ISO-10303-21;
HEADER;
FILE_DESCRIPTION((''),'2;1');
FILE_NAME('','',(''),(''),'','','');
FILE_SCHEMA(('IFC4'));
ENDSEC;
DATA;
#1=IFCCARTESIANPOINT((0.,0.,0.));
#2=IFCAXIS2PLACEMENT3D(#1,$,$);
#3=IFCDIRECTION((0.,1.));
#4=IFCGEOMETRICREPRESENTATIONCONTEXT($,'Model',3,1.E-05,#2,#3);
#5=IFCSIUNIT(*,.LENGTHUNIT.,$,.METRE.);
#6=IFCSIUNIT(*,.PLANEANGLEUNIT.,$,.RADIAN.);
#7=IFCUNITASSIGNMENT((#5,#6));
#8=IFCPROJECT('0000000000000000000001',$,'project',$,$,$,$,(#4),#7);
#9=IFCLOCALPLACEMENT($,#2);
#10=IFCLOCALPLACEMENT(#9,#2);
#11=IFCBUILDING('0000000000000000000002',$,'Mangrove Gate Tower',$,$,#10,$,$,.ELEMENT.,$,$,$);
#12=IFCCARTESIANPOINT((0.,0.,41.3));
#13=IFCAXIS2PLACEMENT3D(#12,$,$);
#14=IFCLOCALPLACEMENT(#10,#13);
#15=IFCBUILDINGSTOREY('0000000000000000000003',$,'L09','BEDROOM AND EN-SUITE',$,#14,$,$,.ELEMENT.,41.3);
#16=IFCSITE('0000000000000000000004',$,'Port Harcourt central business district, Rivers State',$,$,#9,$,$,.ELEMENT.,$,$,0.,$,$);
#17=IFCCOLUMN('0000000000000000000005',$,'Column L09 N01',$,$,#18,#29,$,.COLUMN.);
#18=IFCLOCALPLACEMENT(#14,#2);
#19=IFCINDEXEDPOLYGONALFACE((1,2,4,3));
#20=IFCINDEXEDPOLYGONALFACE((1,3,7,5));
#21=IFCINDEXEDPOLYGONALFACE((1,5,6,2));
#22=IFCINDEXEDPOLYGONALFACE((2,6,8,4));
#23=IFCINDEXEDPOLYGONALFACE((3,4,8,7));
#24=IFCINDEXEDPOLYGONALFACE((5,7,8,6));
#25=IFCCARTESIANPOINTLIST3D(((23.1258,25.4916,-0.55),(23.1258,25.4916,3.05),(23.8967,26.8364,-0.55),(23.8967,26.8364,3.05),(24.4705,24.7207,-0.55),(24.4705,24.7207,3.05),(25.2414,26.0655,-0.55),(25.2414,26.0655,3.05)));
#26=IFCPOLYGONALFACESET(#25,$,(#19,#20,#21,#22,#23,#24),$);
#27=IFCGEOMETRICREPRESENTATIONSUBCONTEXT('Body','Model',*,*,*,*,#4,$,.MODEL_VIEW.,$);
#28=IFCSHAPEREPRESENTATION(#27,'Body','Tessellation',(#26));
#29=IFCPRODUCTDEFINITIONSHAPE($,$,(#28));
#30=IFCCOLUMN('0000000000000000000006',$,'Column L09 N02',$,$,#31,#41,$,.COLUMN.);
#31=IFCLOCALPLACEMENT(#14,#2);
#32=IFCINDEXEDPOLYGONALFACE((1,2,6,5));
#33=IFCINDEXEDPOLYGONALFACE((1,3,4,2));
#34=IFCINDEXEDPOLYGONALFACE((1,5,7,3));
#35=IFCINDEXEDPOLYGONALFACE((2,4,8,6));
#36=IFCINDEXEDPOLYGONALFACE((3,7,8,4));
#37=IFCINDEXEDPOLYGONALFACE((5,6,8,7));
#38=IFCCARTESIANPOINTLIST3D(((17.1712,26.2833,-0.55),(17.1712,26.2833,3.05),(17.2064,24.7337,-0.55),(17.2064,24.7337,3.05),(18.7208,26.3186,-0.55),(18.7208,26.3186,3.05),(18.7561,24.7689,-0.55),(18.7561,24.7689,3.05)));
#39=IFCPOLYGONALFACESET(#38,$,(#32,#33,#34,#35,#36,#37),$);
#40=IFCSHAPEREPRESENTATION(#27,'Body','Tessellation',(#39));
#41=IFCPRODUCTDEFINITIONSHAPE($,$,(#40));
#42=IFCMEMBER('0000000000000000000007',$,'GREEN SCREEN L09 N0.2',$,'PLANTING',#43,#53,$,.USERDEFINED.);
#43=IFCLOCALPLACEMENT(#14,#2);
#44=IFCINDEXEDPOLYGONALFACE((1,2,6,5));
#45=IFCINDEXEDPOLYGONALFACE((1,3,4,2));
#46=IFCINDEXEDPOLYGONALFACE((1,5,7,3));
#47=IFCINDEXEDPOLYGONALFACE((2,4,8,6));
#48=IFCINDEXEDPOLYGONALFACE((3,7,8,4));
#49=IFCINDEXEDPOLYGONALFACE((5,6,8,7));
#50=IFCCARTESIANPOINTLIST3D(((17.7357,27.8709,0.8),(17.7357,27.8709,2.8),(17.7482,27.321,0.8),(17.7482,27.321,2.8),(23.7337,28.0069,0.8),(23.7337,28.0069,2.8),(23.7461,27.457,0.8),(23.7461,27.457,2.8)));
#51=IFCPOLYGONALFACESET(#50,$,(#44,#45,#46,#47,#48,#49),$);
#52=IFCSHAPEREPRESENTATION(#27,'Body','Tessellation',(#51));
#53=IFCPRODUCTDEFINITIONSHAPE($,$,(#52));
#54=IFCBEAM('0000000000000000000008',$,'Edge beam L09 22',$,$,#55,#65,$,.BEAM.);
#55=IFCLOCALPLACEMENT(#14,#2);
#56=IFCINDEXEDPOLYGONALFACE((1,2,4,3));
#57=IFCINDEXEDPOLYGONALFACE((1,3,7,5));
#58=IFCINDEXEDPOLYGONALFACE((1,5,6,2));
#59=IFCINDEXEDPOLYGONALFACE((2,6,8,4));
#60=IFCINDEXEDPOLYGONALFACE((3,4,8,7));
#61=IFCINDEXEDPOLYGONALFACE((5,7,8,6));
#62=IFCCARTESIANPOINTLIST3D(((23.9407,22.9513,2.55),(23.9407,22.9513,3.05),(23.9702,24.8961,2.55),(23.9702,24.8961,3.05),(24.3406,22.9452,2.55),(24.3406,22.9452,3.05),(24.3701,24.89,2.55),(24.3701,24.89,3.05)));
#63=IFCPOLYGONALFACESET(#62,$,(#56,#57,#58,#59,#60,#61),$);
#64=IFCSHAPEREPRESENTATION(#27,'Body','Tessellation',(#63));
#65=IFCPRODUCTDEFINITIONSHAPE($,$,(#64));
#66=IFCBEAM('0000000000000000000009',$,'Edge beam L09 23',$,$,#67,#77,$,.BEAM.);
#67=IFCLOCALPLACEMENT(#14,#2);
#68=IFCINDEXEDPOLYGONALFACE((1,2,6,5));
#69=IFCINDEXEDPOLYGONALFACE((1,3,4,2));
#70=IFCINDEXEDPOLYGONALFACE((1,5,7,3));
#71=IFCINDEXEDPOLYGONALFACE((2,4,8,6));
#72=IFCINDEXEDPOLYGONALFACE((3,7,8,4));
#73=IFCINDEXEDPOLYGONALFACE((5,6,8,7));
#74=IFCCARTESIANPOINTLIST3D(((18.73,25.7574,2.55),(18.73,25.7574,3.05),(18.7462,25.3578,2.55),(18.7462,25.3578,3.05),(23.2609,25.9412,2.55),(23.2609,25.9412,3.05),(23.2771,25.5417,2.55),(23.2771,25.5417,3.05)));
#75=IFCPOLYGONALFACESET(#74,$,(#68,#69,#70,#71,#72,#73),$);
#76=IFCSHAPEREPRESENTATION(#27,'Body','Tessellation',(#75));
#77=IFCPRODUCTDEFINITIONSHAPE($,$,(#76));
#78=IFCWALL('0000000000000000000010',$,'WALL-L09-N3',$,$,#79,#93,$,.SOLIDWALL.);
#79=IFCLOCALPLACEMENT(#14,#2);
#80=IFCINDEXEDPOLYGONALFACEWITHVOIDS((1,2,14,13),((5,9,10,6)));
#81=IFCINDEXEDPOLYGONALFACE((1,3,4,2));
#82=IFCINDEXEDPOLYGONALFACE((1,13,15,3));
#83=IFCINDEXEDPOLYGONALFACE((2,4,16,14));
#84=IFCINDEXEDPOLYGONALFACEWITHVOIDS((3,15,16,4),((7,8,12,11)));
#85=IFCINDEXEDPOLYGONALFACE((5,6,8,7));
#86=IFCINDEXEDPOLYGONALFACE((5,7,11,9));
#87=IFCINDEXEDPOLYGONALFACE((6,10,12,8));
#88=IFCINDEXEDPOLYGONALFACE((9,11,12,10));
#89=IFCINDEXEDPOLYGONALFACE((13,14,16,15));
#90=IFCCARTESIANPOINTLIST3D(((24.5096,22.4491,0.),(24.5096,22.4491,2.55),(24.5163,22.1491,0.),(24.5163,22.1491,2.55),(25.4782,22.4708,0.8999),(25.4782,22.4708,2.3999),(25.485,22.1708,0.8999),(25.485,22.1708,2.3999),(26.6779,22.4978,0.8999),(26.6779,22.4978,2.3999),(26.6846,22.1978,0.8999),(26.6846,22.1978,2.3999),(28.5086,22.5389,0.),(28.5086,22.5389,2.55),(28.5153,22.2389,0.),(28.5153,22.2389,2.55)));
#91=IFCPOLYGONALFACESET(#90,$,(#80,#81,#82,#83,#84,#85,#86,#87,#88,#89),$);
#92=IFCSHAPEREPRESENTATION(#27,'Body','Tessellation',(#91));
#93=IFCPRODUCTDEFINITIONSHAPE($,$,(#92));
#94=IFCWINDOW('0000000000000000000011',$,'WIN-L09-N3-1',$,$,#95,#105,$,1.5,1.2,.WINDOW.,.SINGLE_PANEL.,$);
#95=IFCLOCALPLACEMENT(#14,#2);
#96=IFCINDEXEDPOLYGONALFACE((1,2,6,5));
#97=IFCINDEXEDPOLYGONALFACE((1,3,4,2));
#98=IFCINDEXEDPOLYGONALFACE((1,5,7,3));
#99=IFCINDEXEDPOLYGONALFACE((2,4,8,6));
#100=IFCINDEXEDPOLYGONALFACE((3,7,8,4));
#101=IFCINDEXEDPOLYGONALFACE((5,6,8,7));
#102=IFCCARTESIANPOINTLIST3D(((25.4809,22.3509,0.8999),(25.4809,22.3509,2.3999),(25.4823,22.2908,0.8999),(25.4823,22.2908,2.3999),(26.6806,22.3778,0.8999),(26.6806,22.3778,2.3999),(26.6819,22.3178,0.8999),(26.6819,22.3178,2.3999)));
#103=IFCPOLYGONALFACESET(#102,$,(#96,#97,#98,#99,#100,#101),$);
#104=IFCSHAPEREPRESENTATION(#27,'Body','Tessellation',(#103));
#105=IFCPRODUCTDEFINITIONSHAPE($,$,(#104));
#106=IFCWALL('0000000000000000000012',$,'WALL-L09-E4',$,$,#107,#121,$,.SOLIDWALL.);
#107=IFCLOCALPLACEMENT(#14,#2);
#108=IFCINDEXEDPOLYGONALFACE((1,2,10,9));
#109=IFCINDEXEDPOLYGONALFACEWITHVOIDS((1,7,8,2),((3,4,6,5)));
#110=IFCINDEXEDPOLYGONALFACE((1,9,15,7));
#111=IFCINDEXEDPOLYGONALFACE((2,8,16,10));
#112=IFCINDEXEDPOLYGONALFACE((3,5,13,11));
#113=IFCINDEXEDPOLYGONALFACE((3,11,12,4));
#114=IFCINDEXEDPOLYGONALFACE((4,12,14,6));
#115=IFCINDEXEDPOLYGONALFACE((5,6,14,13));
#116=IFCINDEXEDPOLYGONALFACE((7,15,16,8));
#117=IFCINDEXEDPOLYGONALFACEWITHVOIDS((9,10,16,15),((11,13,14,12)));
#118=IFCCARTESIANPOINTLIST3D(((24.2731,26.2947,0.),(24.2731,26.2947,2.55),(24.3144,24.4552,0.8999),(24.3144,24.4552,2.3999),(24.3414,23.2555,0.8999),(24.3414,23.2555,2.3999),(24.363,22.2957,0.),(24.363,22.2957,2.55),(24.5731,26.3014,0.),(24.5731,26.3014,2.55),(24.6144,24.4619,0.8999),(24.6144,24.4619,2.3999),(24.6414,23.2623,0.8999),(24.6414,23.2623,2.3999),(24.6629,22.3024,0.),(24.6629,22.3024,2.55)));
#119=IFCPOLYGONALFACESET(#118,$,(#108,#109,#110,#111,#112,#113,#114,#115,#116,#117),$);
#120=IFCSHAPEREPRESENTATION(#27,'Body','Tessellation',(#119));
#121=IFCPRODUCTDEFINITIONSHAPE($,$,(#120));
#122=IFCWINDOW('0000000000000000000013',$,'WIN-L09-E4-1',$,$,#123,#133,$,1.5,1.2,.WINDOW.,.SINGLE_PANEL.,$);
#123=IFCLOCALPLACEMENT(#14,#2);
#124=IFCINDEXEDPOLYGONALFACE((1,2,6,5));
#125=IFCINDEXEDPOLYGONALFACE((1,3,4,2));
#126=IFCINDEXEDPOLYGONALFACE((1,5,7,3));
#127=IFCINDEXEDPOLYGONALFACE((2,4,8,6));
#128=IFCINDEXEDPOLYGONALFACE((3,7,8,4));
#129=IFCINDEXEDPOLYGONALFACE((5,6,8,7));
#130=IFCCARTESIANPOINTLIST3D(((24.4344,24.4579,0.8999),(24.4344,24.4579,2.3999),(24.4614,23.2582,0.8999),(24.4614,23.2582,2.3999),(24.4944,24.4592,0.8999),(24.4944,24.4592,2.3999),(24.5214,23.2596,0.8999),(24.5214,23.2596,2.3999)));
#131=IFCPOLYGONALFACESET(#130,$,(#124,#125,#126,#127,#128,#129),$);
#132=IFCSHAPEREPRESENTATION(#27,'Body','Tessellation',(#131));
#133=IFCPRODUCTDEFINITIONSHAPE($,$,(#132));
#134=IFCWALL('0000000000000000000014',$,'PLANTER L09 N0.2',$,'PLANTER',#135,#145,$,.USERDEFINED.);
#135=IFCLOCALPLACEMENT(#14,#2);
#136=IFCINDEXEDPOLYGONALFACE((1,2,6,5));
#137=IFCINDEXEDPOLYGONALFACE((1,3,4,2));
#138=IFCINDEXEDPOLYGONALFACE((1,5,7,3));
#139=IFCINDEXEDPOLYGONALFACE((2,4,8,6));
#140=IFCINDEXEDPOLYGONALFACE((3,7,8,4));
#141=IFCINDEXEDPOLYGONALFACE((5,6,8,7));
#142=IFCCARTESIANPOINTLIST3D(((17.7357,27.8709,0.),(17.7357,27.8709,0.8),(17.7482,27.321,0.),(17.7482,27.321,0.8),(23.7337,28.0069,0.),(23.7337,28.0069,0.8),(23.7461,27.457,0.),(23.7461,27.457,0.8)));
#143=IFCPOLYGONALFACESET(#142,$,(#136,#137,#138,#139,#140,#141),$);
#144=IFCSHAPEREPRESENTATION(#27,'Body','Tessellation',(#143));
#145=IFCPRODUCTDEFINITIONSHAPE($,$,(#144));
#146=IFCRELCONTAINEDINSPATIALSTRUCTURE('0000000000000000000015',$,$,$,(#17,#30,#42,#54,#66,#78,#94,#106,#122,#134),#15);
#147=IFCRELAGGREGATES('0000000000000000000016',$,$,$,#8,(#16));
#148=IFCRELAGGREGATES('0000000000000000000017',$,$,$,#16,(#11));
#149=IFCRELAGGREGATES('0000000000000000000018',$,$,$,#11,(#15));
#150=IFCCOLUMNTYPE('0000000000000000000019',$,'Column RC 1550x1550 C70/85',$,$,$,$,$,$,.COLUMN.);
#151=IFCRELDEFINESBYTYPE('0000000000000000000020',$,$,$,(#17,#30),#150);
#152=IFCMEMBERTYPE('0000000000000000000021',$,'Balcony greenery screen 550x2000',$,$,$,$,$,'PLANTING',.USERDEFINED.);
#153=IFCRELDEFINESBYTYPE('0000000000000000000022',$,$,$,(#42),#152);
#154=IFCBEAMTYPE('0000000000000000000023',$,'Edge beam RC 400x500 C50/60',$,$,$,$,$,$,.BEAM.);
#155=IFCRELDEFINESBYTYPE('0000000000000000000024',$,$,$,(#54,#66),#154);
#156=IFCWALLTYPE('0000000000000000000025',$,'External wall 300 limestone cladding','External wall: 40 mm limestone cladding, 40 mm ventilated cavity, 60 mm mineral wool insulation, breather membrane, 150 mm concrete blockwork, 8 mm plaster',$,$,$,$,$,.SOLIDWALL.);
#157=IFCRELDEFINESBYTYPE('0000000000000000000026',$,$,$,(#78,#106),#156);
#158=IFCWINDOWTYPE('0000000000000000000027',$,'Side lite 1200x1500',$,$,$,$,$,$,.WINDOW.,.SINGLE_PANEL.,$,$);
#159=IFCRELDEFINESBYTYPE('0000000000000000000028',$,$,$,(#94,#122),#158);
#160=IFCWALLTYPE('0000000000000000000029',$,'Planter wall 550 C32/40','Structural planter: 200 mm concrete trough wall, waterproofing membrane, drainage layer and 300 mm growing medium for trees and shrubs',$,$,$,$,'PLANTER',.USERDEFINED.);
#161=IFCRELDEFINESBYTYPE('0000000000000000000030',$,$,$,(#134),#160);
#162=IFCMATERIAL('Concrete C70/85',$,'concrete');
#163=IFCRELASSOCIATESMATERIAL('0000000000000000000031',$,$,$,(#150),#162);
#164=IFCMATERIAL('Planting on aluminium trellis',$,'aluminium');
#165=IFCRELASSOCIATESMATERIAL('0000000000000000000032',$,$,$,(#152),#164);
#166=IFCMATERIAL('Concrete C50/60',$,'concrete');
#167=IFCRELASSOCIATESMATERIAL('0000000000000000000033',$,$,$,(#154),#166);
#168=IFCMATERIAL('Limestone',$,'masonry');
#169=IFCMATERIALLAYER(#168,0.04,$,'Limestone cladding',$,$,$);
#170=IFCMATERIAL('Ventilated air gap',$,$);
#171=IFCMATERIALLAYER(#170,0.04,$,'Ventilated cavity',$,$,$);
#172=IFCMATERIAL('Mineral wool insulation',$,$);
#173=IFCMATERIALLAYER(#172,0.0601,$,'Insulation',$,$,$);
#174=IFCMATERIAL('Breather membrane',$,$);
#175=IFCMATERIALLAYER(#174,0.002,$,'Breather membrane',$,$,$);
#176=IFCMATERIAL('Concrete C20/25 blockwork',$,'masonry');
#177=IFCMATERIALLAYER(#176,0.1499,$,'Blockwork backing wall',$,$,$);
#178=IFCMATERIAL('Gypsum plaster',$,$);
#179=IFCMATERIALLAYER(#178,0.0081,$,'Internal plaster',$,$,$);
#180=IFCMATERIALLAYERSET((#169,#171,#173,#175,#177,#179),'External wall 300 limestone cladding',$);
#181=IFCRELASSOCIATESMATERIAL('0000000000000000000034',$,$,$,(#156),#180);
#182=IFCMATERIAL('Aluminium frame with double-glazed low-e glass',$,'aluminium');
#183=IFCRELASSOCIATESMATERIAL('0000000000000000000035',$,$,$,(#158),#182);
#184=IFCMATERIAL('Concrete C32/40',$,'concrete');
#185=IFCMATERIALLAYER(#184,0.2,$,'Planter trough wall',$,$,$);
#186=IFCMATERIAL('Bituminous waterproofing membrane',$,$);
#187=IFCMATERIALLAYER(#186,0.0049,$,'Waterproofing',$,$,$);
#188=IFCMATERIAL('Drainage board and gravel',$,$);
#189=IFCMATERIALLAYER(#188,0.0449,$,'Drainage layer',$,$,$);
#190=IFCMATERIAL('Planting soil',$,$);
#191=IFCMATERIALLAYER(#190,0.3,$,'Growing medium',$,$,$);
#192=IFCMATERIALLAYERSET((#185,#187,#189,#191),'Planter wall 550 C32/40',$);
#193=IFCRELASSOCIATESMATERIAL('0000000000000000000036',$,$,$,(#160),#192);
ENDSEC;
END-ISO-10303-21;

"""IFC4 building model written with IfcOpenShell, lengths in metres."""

from ifc_helpers import new_model, si_unit, direction, frame, frame_2d, origin, origin_2d, place, context, subcontext, project, spatial, rectangle, extrude, material, layer, layer_set, material_profile, profile_set, type_object, element, fill, save


model = new_model("IFC4")

# Units and contexts
model_context = context("Model", 3, precision=1e-05, world=origin(), true_north=direction((0.0, 1.0)))
body_context = subcontext(model_context, "Body", "Model", "MODEL_VIEW")
ifc_project = project(units=[si_unit("LENGTHUNIT", "METRE"), si_unit("PLANEANGLEUNIT", "RADIAN")], contexts=[model_context])

# Site, building, storey
site_placement = place(None, origin())
site = spatial("IfcSite", under=ifc_project, at=site_placement, Name="Port Harcourt central business district, Rivers State", CompositionType="ELEMENT", RefElevation=0.0)
building_placement = place(site_placement, origin())
building = spatial("IfcBuilding", under=site, at=building_placement, Name="Mangrove Gate Tower", CompositionType="ELEMENT")
storey_placement = place(building_placement, frame((0.0, 0.0, 41.3)))
storey = spatial("IfcBuildingStorey", under=building, at=storey_placement, Name="L09", Description="BEDROOM AND EN-SUITE", CompositionType="ELEMENT", Elevation=41.3)

# Columns
ifc_material_1 = material(Name="Concrete C70/85", Category="concrete")
ifc_material_profile_1 = material_profile(ifc_material_1, rectangle(XDim=1.55, YDim=1.55, at=origin_2d()))
ifc_profile_set_1 = profile_set([ifc_material_profile_1], Name="Concrete C70/85")
column_type = type_object("IfcColumnType", Name="Column RC 1550x1550 C70/85", PredefinedType="COLUMN", material=ifc_profile_set_1)
for number, where, z_axis, x_axis, name in (
    (1, (24.1836, 25.7786, -0.55), (0.0, 0.0, 1.0), (-0.867551, 0.497349, 0.0), "Column L09 N01"),
    (2, (17.9636, 25.5261, -0.55), (0.0, 0.0, 1.0), (-0.999742, -0.022718, 0.0), "Column L09 N02"),
):
    element("IfcColumn", number, at=place(storey_placement, frame(where, z_axis=z_axis, x_axis=x_axis)), inside=storey, type_object=column_type, Name=name, PredefinedType="COLUMN", context=body_context, shape_type="SweptSolid", body=[
        extrude(rectangle(XDim=1.55, YDim=1.55, at=origin_2d()), origin(), (0.0, 0.0, 1.0), 3.6001),
    ])

# Member
ifc_material_2 = material(Name="Planting on aluminium trellis", Category="aluminium")
ifc_material_profile_2 = material_profile(ifc_material_2, rectangle(XDim=0.55, YDim=2.0, at=origin_2d()))
ifc_profile_set_2 = profile_set([ifc_material_profile_2], Name="Planting on aluminium trellis")
member_type = type_object("IfcMemberType", Name="Balcony greenery screen 550x2000", ElementType="PLANTING", PredefinedType="USERDEFINED", material=ifc_profile_set_2)
member_placement = place(storey_placement, frame((17.7419, 27.5959, 1.8), z_axis=(0.999743, 0.022666, 0.0), x_axis=(-0.022666, 0.999743, 0.0)))
element("IfcMember", 3, at=member_placement, inside=storey, type_object=member_type, Name="GREEN SCREEN L09 N0.2", ObjectType="PLANTING", PredefinedType="USERDEFINED", context=body_context, shape_type="SweptSolid", body=[
    extrude(rectangle(XDim=0.55, YDim=2.0, at=origin_2d()), origin(), (0.0, 0.0, 1.0), 5.9995),
])

# Beams
ifc_material_3 = material(Name="Concrete C50/60", Category="concrete")
ifc_material_profile_3 = material_profile(ifc_material_3, rectangle(XDim=0.3999, YDim=0.5, at=origin_2d()))
ifc_profile_set_3 = profile_set([ifc_material_profile_3], Name="Concrete C50/60")
beam_type = type_object("IfcBeamType", Name="Edge beam RC 400x500 C50/60", PredefinedType="BEAM", material=ifc_profile_set_3)
beam_1_placement = place(storey_placement, frame((24.1406, 22.9482, 2.8), z_axis=(0.015188, 0.999885, 0.0), x_axis=(-0.999885, 0.015188, 0.0)))
element("IfcBeam", 4, at=beam_1_placement, inside=storey, type_object=beam_type, Name="Edge beam L09 22", PredefinedType="BEAM", context=body_context, shape_type="SweptSolid", body=[
    extrude(rectangle(XDim=0.3999, YDim=0.5, at=origin_2d()), origin(), (0.0, 0.0, 1.0), 1.9451),
])
beam_2_placement = place(storey_placement, frame((23.269, 25.7415, 2.8), z_axis=(-0.999178, -0.04054, 0.0), x_axis=(0.04054, -0.999178, 0.0)))
element("IfcBeam", 5, at=beam_2_placement, inside=storey, type_object=beam_type, Name="Edge beam L09 23", PredefinedType="BEAM", context=body_context, shape_type="SweptSolid", body=[
    extrude(rectangle(XDim=0.3999, YDim=0.5, at=origin_2d()), origin(), (0.0, 0.0, 1.0), 4.5347),
])

# Walls, openings, windows
ifc_material_4 = material(Name="Limestone", Category="masonry")
ifc_layer_1 = layer(ifc_material_4, 0.04, Name="Limestone cladding")
ifc_material_5 = material(Name="Ventilated air gap")
ifc_layer_2 = layer(ifc_material_5, 0.04, Name="Ventilated cavity")
ifc_material_6 = material(Name="Mineral wool insulation")
ifc_layer_3 = layer(ifc_material_6, 0.0601, Name="Insulation")
ifc_material_7 = material(Name="Breather membrane")
ifc_layer_4 = layer(ifc_material_7, 0.002, Name="Breather membrane")
ifc_material_8 = material(Name="Concrete C20/25 blockwork", Category="masonry")
ifc_layer_5 = layer(ifc_material_8, 0.1499, Name="Blockwork backing wall")
ifc_material_9 = material(Name="Gypsum plaster")
ifc_layer_6 = layer(ifc_material_9, 0.0081, Name="Internal plaster")
ifc_layer_set_1 = layer_set([ifc_layer_1, ifc_layer_2, ifc_layer_3, ifc_layer_4, ifc_layer_5, ifc_layer_6], Name="External wall 300 limestone cladding")
wall_type_1 = type_object("IfcWallType", Name="External wall 300 limestone cladding", Description="External wall: 40 mm limestone cladding, 40 mm ventilated cavity, 60 mm mineral wool insulation, breather membrane, 150 mm concrete blockwork, 8 mm plaster", PredefinedType="SOLIDWALL", material=ifc_layer_set_1)
wall_1_placement = place(storey_placement, frame((28.512, 22.3889, 0.0), z_axis=(0.0, 0.0, 1.0), x_axis=(-0.999748, -0.022461, 0.0)))
wall_1 = element("IfcWall", 6, at=wall_1_placement, inside=storey, type_object=wall_type_1, Name="WALL-L09-N3", PredefinedType="SOLIDWALL", context=body_context, shape_type="SweptSolid", body=[
    extrude(rectangle(XDim=4.0, YDim=0.3, at=frame_2d((2.0, 0.0))), origin(), (0.0, 0.0, 1.0), 2.55),
])
opening_1_placement = place(wall_1_placement, frame((1.8311, 0.0, 0.8999)))
opening_1 = element("IfcOpeningElement", 7, at=opening_1_placement, cuts=wall_1, PredefinedType="OPENING", context=body_context, shape_type="SweptSolid", body=[
    extrude(rectangle(XDim=1.2, YDim=1.5, at=frame_2d((0.6001, 0.75))), frame((0.0, 0.1599, 0.0), z_axis=(0.0, -1.0, 0.0), x_axis=(1.0, 0.0, 0.0)), (0.0, 0.0, 1.0), 0.3201),
])
ifc_material_10 = material(Name="Aluminium frame with double-glazed low-e glass", Category="aluminium")
window_type_1 = type_object("IfcWindowType", Name="Side lite 1200x1500", PartitioningType="SINGLE_PANEL", PredefinedType="WINDOW", material=ifc_material_10)
window_1_placement = place(opening_1_placement, origin())
window_1 = element("IfcWindow", 8, at=window_1_placement, inside=storey, type_object=window_type_1, Name="WIN-L09-N3-1", OverallHeight=1.5, OverallWidth=1.2, PartitioningType="SINGLE_PANEL", PredefinedType="WINDOW", context=body_context, shape_type="SweptSolid", body=[
    extrude(rectangle(XDim=1.2, YDim=1.5, at=frame_2d((0.6001, 0.75))), frame((0.0, 0.03, 0.0), z_axis=(0.0, -1.0, 0.0), x_axis=(1.0, 0.0, 0.0)), (0.0, 0.0, 1.0), 0.0601),
])
fill(opening_1, window_1)
wall_2_placement = place(storey_placement, frame((24.5129, 22.2991, 0.0), z_axis=(0.0, 0.0, 1.0), x_axis=(-0.022461, 0.999748, 0.0)))
wall_2 = element("IfcWall", 9, at=wall_2_placement, inside=storey, type_object=wall_type_1, Name="WALL-L09-E4", PredefinedType="SOLIDWALL", context=body_context, shape_type="SweptSolid", body=[
    extrude(rectangle(XDim=4.0, YDim=0.3, at=frame_2d((2.0, 0.0))), origin(), (0.0, 0.0, 1.0), 2.55),
])
opening_2_placement = place(wall_2_placement, frame((0.96, 0.0, 0.8999)))
opening_2 = element("IfcOpeningElement", 10, at=opening_2_placement, cuts=wall_2, PredefinedType="OPENING", context=body_context, shape_type="SweptSolid", body=[
    extrude(rectangle(XDim=1.2, YDim=1.5, at=frame_2d((0.6001, 0.75))), frame((0.0, 0.1599, 0.0), z_axis=(0.0, -1.0, 0.0), x_axis=(1.0, 0.0, 0.0)), (0.0, 0.0, 1.0), 0.3201),
])
window_2_placement = place(opening_2_placement, origin())
window_2 = element("IfcWindow", 11, at=window_2_placement, inside=storey, type_object=window_type_1, Name="WIN-L09-E4-1", OverallHeight=1.5, OverallWidth=1.2, PartitioningType="SINGLE_PANEL", PredefinedType="WINDOW", context=body_context, shape_type="SweptSolid", body=[
    extrude(rectangle(XDim=1.2, YDim=1.5, at=frame_2d((0.6001, 0.75))), frame((0.0, 0.03, 0.0), z_axis=(0.0, -1.0, 0.0), x_axis=(1.0, 0.0, 0.0)), (0.0, 0.0, 1.0), 0.0601),
])
fill(opening_2, window_2)

# Wall
ifc_material_11 = material(Name="Concrete C32/40", Category="concrete")
ifc_layer_7 = layer(ifc_material_11, 0.2, Name="Planter trough wall")
ifc_material_12 = material(Name="Bituminous waterproofing membrane")
ifc_layer_8 = layer(ifc_material_12, 0.0049, Name="Waterproofing")
ifc_material_13 = material(Name="Drainage board and gravel")
ifc_layer_9 = layer(ifc_material_13, 0.0449, Name="Drainage layer")
ifc_material_14 = material(Name="Planting soil")
ifc_layer_10 = layer(ifc_material_14, 0.3, Name="Growing medium")
ifc_layer_set_2 = layer_set([ifc_layer_7, ifc_layer_8, ifc_layer_9, ifc_layer_10], Name="Planter wall 550 C32/40")
wall_type_2 = type_object("IfcWallType", Name="Planter wall 550 C32/40", Description="Structural planter: 200 mm concrete trough wall, waterproofing membrane, drainage layer and 300 mm growing medium for trees and shrubs", ElementType="PLANTER", PredefinedType="USERDEFINED", material=ifc_layer_set_2)
wall_3_placement = place(storey_placement, frame((17.7419, 27.5959, 0.0), z_axis=(0.0, 0.0, 1.0), x_axis=(0.999743, 0.022666, 0.0)))
element("IfcWall", 12, at=wall_3_placement, inside=storey, type_object=wall_type_2, Name="PLANTER L09 N0.2", ObjectType="PLANTER", PredefinedType="USERDEFINED", context=body_context, shape_type="SweptSolid", body=[
    extrude(rectangle(XDim=5.9995, YDim=0.55, at=frame_2d((2.9998, 0.0))), origin(), (0.0, 0.0, 1.0), 0.8),
])

save(model, "model.ifc")
